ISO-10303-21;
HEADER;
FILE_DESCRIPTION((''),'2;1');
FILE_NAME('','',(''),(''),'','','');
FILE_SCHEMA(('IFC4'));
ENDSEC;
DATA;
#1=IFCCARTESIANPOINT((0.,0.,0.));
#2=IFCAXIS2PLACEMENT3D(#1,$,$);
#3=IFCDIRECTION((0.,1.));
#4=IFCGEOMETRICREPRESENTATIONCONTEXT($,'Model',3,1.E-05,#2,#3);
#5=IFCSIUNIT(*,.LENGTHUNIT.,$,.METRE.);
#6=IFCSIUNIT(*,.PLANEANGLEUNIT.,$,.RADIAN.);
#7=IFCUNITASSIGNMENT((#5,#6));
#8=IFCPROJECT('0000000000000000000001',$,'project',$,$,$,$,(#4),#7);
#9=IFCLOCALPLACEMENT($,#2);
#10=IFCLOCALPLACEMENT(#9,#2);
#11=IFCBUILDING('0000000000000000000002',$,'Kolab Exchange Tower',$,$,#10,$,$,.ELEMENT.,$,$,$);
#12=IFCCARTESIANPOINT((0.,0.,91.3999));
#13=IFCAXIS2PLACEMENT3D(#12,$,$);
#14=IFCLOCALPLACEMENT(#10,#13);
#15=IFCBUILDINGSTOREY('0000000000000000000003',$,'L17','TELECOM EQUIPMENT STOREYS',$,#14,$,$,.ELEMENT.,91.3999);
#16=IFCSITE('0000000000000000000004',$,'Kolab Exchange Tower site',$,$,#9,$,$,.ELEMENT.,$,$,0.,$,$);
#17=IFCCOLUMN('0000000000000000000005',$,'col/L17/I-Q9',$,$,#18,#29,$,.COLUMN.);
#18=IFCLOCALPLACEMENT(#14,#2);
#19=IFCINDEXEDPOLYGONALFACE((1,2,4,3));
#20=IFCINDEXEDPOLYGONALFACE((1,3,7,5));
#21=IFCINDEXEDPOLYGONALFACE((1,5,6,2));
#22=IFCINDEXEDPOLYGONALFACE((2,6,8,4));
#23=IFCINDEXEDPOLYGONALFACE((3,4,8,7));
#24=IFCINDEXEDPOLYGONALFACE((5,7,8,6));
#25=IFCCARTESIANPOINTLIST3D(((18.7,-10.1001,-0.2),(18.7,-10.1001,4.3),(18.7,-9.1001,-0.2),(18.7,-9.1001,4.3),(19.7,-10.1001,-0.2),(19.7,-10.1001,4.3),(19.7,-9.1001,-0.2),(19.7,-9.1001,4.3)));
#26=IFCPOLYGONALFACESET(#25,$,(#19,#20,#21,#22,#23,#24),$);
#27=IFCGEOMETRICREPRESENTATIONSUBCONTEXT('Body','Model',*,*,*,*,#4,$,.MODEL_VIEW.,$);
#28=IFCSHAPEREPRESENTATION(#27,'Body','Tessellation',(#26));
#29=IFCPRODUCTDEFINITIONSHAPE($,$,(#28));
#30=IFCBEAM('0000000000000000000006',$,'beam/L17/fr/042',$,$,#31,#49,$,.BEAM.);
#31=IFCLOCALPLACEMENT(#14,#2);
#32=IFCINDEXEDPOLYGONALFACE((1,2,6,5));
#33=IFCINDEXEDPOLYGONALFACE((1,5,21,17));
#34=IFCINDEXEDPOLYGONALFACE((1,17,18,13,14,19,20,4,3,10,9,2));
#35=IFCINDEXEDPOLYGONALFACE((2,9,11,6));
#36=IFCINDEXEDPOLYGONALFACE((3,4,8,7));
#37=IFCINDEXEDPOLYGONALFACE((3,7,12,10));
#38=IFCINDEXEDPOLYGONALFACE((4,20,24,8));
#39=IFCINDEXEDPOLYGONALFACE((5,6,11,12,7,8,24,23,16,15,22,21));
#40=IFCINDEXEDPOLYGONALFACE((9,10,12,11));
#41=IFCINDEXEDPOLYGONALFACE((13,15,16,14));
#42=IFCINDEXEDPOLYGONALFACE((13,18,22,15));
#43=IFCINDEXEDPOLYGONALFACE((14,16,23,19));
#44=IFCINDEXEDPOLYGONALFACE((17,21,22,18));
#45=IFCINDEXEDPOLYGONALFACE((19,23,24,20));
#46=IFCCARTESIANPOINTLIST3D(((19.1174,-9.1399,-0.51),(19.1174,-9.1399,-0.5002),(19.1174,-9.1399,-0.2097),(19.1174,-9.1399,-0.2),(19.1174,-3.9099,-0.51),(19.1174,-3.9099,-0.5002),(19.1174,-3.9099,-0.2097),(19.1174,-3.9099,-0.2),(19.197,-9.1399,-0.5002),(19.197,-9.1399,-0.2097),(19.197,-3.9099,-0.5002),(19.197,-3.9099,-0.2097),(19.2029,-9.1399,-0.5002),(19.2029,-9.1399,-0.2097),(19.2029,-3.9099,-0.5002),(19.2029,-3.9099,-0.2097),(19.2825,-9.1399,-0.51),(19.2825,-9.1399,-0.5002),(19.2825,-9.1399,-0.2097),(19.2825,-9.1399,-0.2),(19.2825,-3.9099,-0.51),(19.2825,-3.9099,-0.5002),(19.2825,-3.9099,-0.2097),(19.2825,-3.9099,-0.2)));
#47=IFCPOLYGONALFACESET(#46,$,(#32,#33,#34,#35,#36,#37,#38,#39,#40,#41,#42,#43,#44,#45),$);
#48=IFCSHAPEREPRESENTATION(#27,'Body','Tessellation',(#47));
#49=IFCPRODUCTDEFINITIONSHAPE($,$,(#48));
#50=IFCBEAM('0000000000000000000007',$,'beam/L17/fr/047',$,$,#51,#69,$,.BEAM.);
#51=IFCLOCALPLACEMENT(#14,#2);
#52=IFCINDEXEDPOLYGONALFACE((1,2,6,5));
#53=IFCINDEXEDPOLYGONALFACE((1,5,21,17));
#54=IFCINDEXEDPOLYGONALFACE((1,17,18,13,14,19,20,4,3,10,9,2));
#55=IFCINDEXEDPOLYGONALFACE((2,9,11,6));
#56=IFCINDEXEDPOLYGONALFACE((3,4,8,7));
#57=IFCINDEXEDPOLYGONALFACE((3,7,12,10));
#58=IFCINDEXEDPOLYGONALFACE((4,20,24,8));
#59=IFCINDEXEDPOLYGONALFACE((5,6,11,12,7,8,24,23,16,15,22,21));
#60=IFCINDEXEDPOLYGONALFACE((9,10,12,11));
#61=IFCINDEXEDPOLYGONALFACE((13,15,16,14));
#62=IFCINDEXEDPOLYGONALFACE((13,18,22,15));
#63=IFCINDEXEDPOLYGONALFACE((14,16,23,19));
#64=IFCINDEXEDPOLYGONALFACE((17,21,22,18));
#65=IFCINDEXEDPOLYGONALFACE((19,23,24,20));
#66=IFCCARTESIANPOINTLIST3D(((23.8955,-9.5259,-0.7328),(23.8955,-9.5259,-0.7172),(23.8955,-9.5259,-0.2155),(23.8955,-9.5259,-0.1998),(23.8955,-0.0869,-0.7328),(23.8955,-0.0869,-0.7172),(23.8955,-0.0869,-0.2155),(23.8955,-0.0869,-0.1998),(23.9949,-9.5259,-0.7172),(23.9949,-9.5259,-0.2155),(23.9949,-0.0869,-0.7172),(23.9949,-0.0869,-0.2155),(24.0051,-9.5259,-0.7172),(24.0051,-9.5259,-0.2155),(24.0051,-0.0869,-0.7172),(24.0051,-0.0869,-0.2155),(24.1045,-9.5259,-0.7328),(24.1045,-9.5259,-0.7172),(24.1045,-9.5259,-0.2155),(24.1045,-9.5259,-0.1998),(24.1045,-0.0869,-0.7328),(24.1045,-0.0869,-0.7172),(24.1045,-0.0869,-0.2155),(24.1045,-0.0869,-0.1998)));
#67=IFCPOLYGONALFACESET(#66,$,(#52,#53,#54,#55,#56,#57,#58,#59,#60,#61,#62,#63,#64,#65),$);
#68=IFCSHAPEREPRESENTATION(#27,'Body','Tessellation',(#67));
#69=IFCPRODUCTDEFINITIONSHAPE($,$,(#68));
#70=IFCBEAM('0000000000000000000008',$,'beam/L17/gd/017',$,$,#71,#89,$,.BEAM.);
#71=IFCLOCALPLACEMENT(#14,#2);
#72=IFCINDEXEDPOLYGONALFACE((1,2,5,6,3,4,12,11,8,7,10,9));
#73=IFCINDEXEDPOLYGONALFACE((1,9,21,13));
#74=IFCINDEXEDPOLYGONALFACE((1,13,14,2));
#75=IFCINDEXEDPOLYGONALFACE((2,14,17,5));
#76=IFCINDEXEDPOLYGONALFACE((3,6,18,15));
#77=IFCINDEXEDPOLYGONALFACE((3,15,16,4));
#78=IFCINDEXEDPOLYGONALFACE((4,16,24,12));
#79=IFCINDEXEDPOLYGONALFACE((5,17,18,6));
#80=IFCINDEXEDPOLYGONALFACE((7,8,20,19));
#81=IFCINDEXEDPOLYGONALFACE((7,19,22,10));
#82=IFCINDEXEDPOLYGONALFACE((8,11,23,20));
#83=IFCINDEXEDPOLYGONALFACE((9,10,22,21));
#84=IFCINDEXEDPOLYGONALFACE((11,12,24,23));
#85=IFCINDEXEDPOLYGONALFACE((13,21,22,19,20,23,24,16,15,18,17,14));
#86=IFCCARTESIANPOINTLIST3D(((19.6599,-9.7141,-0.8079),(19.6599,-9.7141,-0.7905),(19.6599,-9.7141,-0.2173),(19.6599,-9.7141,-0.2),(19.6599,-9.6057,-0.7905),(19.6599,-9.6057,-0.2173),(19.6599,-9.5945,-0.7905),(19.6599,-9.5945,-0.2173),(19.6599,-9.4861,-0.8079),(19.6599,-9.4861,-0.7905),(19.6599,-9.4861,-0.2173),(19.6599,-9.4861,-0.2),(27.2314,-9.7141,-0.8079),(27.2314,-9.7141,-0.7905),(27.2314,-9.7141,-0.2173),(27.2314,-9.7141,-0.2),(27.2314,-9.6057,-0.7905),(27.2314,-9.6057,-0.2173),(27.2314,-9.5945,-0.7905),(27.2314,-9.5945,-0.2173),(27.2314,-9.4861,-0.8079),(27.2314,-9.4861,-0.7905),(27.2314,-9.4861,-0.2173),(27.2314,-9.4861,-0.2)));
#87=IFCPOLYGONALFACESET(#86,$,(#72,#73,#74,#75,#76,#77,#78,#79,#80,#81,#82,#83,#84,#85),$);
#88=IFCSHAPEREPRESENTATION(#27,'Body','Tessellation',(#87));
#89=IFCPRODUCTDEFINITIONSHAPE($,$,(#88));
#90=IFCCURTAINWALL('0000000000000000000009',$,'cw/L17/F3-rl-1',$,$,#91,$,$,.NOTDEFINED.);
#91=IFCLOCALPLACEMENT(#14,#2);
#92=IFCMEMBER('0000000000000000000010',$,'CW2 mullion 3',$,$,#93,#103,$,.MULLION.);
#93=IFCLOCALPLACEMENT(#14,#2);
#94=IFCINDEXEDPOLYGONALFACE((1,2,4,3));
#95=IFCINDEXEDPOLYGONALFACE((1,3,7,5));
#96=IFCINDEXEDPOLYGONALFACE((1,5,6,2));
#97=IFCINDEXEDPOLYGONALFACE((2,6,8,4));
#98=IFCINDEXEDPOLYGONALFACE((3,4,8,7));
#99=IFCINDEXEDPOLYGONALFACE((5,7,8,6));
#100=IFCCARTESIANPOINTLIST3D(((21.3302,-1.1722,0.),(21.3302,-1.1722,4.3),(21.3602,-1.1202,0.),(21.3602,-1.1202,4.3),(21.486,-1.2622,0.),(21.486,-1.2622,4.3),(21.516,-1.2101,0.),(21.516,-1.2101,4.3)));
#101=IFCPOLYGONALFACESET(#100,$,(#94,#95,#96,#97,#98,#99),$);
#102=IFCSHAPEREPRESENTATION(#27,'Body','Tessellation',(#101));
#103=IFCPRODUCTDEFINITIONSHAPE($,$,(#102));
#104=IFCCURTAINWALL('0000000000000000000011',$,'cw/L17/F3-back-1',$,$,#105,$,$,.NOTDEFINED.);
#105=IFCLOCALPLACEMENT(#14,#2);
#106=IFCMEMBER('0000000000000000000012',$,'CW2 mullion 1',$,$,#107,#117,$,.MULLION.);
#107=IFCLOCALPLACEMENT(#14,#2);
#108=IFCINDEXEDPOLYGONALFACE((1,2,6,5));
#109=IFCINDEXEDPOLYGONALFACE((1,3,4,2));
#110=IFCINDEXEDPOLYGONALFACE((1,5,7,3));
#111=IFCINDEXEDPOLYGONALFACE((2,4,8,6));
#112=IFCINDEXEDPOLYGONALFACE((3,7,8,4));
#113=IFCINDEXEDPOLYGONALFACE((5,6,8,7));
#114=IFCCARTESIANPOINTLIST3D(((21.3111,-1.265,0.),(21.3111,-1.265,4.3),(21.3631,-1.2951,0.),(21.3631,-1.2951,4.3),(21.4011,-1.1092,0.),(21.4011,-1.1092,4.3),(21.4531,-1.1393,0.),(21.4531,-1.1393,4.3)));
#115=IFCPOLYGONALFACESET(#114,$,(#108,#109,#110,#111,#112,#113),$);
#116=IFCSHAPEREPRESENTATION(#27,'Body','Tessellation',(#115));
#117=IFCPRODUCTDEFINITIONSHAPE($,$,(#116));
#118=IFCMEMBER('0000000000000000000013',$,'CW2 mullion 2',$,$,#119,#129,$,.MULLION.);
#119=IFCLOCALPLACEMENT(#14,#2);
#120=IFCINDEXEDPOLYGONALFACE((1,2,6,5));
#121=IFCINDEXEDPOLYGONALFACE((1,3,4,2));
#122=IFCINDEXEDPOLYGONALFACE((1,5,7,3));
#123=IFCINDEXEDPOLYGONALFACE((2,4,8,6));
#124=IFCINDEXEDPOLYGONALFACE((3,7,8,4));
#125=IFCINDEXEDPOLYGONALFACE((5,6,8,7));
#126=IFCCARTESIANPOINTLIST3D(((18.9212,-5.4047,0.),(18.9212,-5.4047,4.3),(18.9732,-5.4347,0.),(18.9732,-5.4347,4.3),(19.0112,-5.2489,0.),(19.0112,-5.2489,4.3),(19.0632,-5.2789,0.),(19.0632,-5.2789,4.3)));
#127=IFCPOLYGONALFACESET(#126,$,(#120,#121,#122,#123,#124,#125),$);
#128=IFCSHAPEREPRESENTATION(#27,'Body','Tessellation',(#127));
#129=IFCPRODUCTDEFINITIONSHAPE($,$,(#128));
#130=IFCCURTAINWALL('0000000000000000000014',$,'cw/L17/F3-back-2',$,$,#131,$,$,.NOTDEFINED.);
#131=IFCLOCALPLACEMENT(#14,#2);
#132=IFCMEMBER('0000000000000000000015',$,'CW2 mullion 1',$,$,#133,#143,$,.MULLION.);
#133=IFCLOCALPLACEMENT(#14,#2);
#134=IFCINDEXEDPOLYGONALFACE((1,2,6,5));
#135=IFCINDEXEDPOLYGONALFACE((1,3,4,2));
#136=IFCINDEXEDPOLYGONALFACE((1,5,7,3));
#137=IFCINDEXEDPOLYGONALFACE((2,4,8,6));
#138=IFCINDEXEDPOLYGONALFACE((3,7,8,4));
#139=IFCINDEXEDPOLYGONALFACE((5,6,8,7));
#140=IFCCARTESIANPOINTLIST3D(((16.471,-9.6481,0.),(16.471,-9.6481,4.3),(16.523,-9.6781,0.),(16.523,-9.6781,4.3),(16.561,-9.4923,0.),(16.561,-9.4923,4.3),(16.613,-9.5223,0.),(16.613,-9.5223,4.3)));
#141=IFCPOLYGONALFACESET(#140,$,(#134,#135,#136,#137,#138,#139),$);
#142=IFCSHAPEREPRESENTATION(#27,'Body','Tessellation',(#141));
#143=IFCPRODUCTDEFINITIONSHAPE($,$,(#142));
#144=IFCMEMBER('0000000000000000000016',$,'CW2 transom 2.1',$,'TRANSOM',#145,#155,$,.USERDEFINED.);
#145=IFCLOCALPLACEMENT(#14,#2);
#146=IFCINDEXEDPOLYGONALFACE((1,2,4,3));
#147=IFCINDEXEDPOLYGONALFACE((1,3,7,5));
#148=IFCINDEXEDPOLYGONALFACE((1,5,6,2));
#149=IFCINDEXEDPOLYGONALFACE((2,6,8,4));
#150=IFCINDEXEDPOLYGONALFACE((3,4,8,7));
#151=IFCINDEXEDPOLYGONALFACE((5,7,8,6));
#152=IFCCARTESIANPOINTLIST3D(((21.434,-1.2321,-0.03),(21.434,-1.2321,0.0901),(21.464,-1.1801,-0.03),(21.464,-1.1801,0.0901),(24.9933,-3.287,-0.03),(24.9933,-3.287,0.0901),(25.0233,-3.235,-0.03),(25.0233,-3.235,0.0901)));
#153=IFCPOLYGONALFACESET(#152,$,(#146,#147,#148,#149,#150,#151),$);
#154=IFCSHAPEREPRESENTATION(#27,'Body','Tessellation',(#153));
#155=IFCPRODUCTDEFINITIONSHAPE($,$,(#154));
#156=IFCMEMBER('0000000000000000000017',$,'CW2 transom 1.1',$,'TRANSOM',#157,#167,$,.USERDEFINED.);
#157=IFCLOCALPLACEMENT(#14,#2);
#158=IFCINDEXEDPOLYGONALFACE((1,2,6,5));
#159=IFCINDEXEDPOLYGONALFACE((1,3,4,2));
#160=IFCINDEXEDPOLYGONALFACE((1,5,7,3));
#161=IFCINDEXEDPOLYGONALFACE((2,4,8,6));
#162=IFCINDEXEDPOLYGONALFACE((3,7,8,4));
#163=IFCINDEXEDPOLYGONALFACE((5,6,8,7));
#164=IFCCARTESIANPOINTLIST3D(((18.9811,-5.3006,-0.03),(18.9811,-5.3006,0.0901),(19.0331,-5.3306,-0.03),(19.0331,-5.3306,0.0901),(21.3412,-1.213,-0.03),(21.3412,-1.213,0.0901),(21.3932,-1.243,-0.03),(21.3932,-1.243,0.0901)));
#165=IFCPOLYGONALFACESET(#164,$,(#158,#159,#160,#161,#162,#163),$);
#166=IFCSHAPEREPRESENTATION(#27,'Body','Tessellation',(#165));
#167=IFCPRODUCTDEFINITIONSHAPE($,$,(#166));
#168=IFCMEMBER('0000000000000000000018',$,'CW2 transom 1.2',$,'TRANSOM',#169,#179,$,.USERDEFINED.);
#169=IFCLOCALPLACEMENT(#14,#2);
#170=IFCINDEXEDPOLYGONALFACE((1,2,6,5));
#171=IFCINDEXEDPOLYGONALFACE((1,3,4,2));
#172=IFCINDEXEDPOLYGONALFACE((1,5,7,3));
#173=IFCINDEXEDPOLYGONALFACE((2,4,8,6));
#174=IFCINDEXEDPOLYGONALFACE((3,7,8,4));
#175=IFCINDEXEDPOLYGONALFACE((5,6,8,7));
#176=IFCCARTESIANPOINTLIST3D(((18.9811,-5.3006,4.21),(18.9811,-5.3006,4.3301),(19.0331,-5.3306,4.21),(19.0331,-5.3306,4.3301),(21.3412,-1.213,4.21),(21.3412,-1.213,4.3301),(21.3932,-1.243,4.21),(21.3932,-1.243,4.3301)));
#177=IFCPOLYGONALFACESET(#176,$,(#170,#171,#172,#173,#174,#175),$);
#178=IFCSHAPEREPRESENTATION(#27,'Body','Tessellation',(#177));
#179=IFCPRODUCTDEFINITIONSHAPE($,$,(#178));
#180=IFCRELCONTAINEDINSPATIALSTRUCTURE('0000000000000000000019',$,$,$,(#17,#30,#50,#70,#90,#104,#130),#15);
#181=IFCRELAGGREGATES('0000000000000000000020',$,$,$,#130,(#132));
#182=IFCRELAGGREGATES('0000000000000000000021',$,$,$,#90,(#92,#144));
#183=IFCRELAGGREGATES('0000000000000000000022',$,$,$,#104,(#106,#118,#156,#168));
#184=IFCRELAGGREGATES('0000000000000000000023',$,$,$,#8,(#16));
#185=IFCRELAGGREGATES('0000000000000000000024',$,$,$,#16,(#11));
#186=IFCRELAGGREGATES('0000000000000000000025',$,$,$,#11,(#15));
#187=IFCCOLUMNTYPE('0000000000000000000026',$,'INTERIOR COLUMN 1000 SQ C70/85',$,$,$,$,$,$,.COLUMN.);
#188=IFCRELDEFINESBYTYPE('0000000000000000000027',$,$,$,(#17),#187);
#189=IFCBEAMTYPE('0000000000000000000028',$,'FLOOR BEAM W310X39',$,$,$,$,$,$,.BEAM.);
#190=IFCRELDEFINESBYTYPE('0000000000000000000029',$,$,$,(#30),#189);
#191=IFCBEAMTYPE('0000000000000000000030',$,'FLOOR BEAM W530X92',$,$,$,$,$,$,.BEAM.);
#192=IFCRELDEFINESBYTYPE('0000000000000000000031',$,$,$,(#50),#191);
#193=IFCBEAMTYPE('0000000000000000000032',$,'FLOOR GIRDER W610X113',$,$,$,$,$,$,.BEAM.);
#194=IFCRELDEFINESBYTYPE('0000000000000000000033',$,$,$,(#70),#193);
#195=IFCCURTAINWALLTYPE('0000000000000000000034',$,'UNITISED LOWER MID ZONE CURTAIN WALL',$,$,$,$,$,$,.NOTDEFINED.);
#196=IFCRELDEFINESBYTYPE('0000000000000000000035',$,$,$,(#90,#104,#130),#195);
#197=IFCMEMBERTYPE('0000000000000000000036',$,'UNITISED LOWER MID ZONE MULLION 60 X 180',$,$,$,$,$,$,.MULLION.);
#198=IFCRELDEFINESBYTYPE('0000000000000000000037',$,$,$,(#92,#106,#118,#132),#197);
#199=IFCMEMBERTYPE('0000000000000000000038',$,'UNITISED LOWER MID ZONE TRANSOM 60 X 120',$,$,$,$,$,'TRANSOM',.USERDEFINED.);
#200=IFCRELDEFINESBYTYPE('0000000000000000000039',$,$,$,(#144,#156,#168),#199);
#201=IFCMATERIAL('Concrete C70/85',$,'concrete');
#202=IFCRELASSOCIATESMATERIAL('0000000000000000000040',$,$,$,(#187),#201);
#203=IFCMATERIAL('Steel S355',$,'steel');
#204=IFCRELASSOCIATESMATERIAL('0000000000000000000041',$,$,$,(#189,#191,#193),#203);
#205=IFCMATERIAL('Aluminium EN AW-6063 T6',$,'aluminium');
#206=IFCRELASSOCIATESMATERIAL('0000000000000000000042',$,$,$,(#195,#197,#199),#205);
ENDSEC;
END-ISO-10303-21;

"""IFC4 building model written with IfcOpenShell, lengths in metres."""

from ifc_helpers import new_model, si_unit, direction, frame, origin, origin_2d, place, context, subcontext, project, spatial, rectangle, i_section, extrude, material, material_profile, profile_set, type_object, element, aggregate, save


model = new_model("IFC4")

# Units and contexts
model_context = context("Model", 3, precision=1e-05, world=origin(), true_north=direction((0.0, 1.0)))
body_context = subcontext(model_context, "Body", "Model", "MODEL_VIEW")
ifc_project = project(units=[si_unit("LENGTHUNIT", "METRE"), si_unit("PLANEANGLEUNIT", "RADIAN")], contexts=[model_context])

# Site, building, storey
site_placement = place(None, origin())
site = spatial("IfcSite", under=ifc_project, at=site_placement, Name="Kolab Exchange Tower site", CompositionType="ELEMENT", RefElevation=0.0)
building_placement = place(site_placement, origin())
building = spatial("IfcBuilding", under=site, at=building_placement, Name="Kolab Exchange Tower", CompositionType="ELEMENT")
storey_placement = place(building_placement, frame((0.0, 0.0, 91.3999)))
storey = spatial("IfcBuildingStorey", under=building, at=storey_placement, Name="L17", Description="TELECOM EQUIPMENT STOREYS", CompositionType="ELEMENT", Elevation=91.3999)

# Column
ifc_material_1 = material(Name="Concrete C70/85", Category="concrete")
ifc_material_profile_1 = material_profile(ifc_material_1, rectangle(XDim=1.0, YDim=1.0, at=origin_2d()), Name="RC1000")
ifc_profile_set_1 = profile_set([ifc_material_profile_1], Name="Concrete C70/85")
column_type = type_object("IfcColumnType", Name="INTERIOR COLUMN 1000 SQ C70/85", PredefinedType="COLUMN", material=ifc_profile_set_1)
column_placement = place(storey_placement, frame((19.2, -9.6001, -0.2), z_axis=(0.0, 0.0, 1.0), x_axis=(1.0, 0.0, 0.0)))
element("IfcColumn", 1, at=column_placement, inside=storey, type_object=column_type, Name="col/L17/I-Q9", PredefinedType="COLUMN", context=body_context, shape_type="SweptSolid", body=[
    extrude(rectangle(XDim=1.0, YDim=1.0, at=origin_2d()), origin(), (0.0, 0.0, 1.0), 4.5),
])

# Beams
ifc_material_2 = material(Name="Steel S355", Category="steel")
ifc_material_profile_2 = material_profile(ifc_material_2, i_section(OverallWidth=0.165, OverallDepth=0.3101, WebThickness=0.0059, FlangeThickness=0.0098, at=origin_2d()), Name="W310X39")
ifc_profile_set_2 = profile_set([ifc_material_profile_2], Name="Steel S355")
beam_type_1 = type_object("IfcBeamType", Name="FLOOR BEAM W310X39", PredefinedType="BEAM", material=ifc_profile_set_2)
beam_1_placement = place(storey_placement, frame((19.2, -9.1399, -0.355), z_axis=(0.0, 1.0, 0.0), x_axis=(-1.0, 0.0, 0.0)))
element("IfcBeam", 2, at=beam_1_placement, inside=storey, type_object=beam_type_1, Name="beam/L17/fr/042", PredefinedType="BEAM", context=body_context, shape_type="SweptSolid", body=[
    extrude(i_section(OverallWidth=0.165, OverallDepth=0.3101, WebThickness=0.0059, FlangeThickness=0.0098, at=origin_2d()), origin(), (0.0, 0.0, 1.0), 5.23),
])
ifc_material_profile_3 = material_profile(ifc_material_2, i_section(OverallWidth=0.209, OverallDepth=0.533, WebThickness=0.0103, FlangeThickness=0.0156, at=origin_2d()), Name="W530X92")
ifc_profile_set_3 = profile_set([ifc_material_profile_3], Name="Steel S355")
beam_type_2 = type_object("IfcBeamType", Name="FLOOR BEAM W530X92", PredefinedType="BEAM", material=ifc_profile_set_3)
beam_2_placement = place(storey_placement, frame((24.0, -9.5259, -0.4663), z_axis=(0.0, 1.0, 0.0), x_axis=(-1.0, 0.0, 0.0)))
element("IfcBeam", 3, at=beam_2_placement, inside=storey, type_object=beam_type_2, Name="beam/L17/fr/047", PredefinedType="BEAM", context=body_context, shape_type="SweptSolid", body=[
    extrude(i_section(OverallWidth=0.209, OverallDepth=0.533, WebThickness=0.0103, FlangeThickness=0.0156, at=origin_2d()), origin(), (0.0, 0.0, 1.0), 9.439),
])
ifc_material_profile_4 = material_profile(ifc_material_2, i_section(OverallWidth=0.228, OverallDepth=0.6079, WebThickness=0.0112, FlangeThickness=0.0173, at=origin_2d()), Name="W610X113")
ifc_profile_set_4 = profile_set([ifc_material_profile_4], Name="Steel S355")
beam_type_3 = type_object("IfcBeamType", Name="FLOOR GIRDER W610X113", PredefinedType="BEAM", material=ifc_profile_set_4)
beam_3_placement = place(storey_placement, frame((19.6599, -9.6001, -0.5039), z_axis=(1.0, 0.0, 0.0), x_axis=(0.0, 1.0, 0.0)))
element("IfcBeam", 4, at=beam_3_placement, inside=storey, type_object=beam_type_3, Name="beam/L17/gd/017", PredefinedType="BEAM", context=body_context, shape_type="SweptSolid", body=[
    extrude(i_section(OverallWidth=0.228, OverallDepth=0.6079, WebThickness=0.0112, FlangeThickness=0.0173, at=origin_2d()), origin(), (0.0, 0.0, 1.0), 7.5715),
])

# Curtain wall, member
ifc_material_3 = material(Name="Aluminium EN AW-6063 T6", Category="aluminium")
curtain_wall_type = type_object("IfcCurtainWallType", Name="UNITISED LOWER MID ZONE CURTAIN WALL", PredefinedType="NOTDEFINED", material=ifc_material_3)
curtain_wall_1_placement = place(storey_placement, origin())
curtain_wall_1 = element("IfcCurtainWall", 5, at=curtain_wall_1_placement, inside=storey, type_object=curtain_wall_type, Name="cw/L17/F3-rl-1", PredefinedType="NOTDEFINED")
ifc_material_profile_5 = material_profile(ifc_material_3, rectangle(XDim=0.0601, YDim=0.1799, at=origin_2d()), Name="RECT 60X180")
ifc_profile_set_5 = profile_set([ifc_material_profile_5], Name="Aluminium EN AW-6063 T6")
member_type_1 = type_object("IfcMemberType", Name="UNITISED LOWER MID ZONE MULLION 60 X 180", PredefinedType="MULLION", material=ifc_profile_set_5)
member_1_placement = place(storey_placement, frame((21.4231, -1.1912, 0.0), z_axis=(0.0, 0.0, 1.0), x_axis=(-0.5, -0.866025, 0.0)))
member_1 = element("IfcMember", 6, at=member_1_placement, type_object=member_type_1, Name="CW2 mullion 3", PredefinedType="MULLION", context=body_context, shape_type="SweptSolid", body=[
    extrude(rectangle(XDim=0.0601, YDim=0.1799, at=origin_2d()), origin(), (0.0, 0.0, 1.0), 4.3),
])

# Curtain wall, members
curtain_wall_2_placement = place(storey_placement, origin())
curtain_wall_2 = element("IfcCurtainWall", 7, at=curtain_wall_2_placement, inside=storey, type_object=curtain_wall_type, Name="cw/L17/F3-back-1", PredefinedType="NOTDEFINED")
member_2_placement = place(storey_placement, frame((21.3821, -1.2021, 0.0), z_axis=(0.0, 0.0, 1.0), x_axis=(0.866025, -0.5, 0.0)))
member_2 = element("IfcMember", 8, at=member_2_placement, type_object=member_type_1, Name="CW2 mullion 1", PredefinedType="MULLION", context=body_context, shape_type="SweptSolid", body=[
    extrude(rectangle(XDim=0.0601, YDim=0.1799, at=origin_2d()), origin(), (0.0, 0.0, 1.0), 4.3),
])
member_3_placement = place(storey_placement, frame((18.9922, -5.3418, 0.0), z_axis=(0.0, 0.0, 1.0), x_axis=(0.866025, -0.5, 0.0)))
member_3 = element("IfcMember", 9, at=member_3_placement, type_object=member_type_1, Name="CW2 mullion 2", PredefinedType="MULLION", context=body_context, shape_type="SweptSolid", body=[
    extrude(rectangle(XDim=0.0601, YDim=0.1799, at=origin_2d()), origin(), (0.0, 0.0, 1.0), 4.3),
])

# Curtain wall, member
curtain_wall_3_placement = place(storey_placement, origin())
curtain_wall_3 = element("IfcCurtainWall", 10, at=curtain_wall_3_placement, inside=storey, type_object=curtain_wall_type, Name="cw/L17/F3-back-2", PredefinedType="NOTDEFINED")
member_4_placement = place(storey_placement, frame((16.542, -9.5852, 0.0), z_axis=(0.0, 0.0, 1.0), x_axis=(0.866025, -0.5, 0.0)))
member_4 = element("IfcMember", 11, at=member_4_placement, type_object=member_type_1, Name="CW2 mullion 1", PredefinedType="MULLION", context=body_context, shape_type="SweptSolid", body=[
    extrude(rectangle(XDim=0.0601, YDim=0.1799, at=origin_2d()), origin(), (0.0, 0.0, 1.0), 4.3),
])

# Members
ifc_material_profile_6 = material_profile(ifc_material_3, rectangle(XDim=0.0601, YDim=0.1201, at=origin_2d()), Name="RECT 60X120")
ifc_profile_set_6 = profile_set([ifc_material_profile_6], Name="Aluminium EN AW-6063 T6")
member_type_2 = type_object("IfcMemberType", Name="UNITISED LOWER MID ZONE TRANSOM 60 X 120", ElementType="TRANSOM", PredefinedType="USERDEFINED", material=ifc_profile_set_6)
member_5_placement = place(storey_placement, frame((25.0083, -3.261, 0.03), z_axis=(-0.86603, 0.499992, 0.0), x_axis=(-0.499992, -0.86603, 0.0)))
member_5 = element("IfcMember", 12, at=member_5_placement, type_object=member_type_2, Name="CW2 transom 2.1", ObjectType="TRANSOM", PredefinedType="USERDEFINED", context=body_context, shape_type="SweptSolid", body=[
    extrude(rectangle(XDim=0.0601, YDim=0.1201, at=origin_2d()), origin(), (0.0, 0.0, 1.0), 4.1099),
])
member_6_placement = place(storey_placement, frame((21.3672, -1.228, 0.03), z_axis=(-0.500016, -0.866016, 0.0), x_axis=(0.866016, -0.500016, 0.0)))
member_6 = element("IfcMember", 13, at=member_6_placement, type_object=member_type_2, Name="CW2 transom 1.1", ObjectType="TRANSOM", PredefinedType="USERDEFINED", context=body_context, shape_type="SweptSolid", body=[
    extrude(rectangle(XDim=0.0601, YDim=0.1201, at=origin_2d()), origin(), (0.0, 0.0, 1.0), 4.72),
])
member_7_placement = place(storey_placement, frame((21.3672, -1.228, 4.27), z_axis=(-0.500016, -0.866016, 0.0), x_axis=(0.866016, -0.500016, 0.0)))
member_7 = element("IfcMember", 14, at=member_7_placement, type_object=member_type_2, Name="CW2 transom 1.2", ObjectType="TRANSOM", PredefinedType="USERDEFINED", context=body_context, shape_type="SweptSolid", body=[
    extrude(rectangle(XDim=0.0601, YDim=0.1201, at=origin_2d()), origin(), (0.0, 0.0, 1.0), 4.72),
])
aggregate(curtain_wall_3, [member_4])

aggregate(curtain_wall_1, [member_1, member_5])
aggregate(curtain_wall_2, [member_2, member_3, member_6, member_7])

save(model, "model.ifc")
